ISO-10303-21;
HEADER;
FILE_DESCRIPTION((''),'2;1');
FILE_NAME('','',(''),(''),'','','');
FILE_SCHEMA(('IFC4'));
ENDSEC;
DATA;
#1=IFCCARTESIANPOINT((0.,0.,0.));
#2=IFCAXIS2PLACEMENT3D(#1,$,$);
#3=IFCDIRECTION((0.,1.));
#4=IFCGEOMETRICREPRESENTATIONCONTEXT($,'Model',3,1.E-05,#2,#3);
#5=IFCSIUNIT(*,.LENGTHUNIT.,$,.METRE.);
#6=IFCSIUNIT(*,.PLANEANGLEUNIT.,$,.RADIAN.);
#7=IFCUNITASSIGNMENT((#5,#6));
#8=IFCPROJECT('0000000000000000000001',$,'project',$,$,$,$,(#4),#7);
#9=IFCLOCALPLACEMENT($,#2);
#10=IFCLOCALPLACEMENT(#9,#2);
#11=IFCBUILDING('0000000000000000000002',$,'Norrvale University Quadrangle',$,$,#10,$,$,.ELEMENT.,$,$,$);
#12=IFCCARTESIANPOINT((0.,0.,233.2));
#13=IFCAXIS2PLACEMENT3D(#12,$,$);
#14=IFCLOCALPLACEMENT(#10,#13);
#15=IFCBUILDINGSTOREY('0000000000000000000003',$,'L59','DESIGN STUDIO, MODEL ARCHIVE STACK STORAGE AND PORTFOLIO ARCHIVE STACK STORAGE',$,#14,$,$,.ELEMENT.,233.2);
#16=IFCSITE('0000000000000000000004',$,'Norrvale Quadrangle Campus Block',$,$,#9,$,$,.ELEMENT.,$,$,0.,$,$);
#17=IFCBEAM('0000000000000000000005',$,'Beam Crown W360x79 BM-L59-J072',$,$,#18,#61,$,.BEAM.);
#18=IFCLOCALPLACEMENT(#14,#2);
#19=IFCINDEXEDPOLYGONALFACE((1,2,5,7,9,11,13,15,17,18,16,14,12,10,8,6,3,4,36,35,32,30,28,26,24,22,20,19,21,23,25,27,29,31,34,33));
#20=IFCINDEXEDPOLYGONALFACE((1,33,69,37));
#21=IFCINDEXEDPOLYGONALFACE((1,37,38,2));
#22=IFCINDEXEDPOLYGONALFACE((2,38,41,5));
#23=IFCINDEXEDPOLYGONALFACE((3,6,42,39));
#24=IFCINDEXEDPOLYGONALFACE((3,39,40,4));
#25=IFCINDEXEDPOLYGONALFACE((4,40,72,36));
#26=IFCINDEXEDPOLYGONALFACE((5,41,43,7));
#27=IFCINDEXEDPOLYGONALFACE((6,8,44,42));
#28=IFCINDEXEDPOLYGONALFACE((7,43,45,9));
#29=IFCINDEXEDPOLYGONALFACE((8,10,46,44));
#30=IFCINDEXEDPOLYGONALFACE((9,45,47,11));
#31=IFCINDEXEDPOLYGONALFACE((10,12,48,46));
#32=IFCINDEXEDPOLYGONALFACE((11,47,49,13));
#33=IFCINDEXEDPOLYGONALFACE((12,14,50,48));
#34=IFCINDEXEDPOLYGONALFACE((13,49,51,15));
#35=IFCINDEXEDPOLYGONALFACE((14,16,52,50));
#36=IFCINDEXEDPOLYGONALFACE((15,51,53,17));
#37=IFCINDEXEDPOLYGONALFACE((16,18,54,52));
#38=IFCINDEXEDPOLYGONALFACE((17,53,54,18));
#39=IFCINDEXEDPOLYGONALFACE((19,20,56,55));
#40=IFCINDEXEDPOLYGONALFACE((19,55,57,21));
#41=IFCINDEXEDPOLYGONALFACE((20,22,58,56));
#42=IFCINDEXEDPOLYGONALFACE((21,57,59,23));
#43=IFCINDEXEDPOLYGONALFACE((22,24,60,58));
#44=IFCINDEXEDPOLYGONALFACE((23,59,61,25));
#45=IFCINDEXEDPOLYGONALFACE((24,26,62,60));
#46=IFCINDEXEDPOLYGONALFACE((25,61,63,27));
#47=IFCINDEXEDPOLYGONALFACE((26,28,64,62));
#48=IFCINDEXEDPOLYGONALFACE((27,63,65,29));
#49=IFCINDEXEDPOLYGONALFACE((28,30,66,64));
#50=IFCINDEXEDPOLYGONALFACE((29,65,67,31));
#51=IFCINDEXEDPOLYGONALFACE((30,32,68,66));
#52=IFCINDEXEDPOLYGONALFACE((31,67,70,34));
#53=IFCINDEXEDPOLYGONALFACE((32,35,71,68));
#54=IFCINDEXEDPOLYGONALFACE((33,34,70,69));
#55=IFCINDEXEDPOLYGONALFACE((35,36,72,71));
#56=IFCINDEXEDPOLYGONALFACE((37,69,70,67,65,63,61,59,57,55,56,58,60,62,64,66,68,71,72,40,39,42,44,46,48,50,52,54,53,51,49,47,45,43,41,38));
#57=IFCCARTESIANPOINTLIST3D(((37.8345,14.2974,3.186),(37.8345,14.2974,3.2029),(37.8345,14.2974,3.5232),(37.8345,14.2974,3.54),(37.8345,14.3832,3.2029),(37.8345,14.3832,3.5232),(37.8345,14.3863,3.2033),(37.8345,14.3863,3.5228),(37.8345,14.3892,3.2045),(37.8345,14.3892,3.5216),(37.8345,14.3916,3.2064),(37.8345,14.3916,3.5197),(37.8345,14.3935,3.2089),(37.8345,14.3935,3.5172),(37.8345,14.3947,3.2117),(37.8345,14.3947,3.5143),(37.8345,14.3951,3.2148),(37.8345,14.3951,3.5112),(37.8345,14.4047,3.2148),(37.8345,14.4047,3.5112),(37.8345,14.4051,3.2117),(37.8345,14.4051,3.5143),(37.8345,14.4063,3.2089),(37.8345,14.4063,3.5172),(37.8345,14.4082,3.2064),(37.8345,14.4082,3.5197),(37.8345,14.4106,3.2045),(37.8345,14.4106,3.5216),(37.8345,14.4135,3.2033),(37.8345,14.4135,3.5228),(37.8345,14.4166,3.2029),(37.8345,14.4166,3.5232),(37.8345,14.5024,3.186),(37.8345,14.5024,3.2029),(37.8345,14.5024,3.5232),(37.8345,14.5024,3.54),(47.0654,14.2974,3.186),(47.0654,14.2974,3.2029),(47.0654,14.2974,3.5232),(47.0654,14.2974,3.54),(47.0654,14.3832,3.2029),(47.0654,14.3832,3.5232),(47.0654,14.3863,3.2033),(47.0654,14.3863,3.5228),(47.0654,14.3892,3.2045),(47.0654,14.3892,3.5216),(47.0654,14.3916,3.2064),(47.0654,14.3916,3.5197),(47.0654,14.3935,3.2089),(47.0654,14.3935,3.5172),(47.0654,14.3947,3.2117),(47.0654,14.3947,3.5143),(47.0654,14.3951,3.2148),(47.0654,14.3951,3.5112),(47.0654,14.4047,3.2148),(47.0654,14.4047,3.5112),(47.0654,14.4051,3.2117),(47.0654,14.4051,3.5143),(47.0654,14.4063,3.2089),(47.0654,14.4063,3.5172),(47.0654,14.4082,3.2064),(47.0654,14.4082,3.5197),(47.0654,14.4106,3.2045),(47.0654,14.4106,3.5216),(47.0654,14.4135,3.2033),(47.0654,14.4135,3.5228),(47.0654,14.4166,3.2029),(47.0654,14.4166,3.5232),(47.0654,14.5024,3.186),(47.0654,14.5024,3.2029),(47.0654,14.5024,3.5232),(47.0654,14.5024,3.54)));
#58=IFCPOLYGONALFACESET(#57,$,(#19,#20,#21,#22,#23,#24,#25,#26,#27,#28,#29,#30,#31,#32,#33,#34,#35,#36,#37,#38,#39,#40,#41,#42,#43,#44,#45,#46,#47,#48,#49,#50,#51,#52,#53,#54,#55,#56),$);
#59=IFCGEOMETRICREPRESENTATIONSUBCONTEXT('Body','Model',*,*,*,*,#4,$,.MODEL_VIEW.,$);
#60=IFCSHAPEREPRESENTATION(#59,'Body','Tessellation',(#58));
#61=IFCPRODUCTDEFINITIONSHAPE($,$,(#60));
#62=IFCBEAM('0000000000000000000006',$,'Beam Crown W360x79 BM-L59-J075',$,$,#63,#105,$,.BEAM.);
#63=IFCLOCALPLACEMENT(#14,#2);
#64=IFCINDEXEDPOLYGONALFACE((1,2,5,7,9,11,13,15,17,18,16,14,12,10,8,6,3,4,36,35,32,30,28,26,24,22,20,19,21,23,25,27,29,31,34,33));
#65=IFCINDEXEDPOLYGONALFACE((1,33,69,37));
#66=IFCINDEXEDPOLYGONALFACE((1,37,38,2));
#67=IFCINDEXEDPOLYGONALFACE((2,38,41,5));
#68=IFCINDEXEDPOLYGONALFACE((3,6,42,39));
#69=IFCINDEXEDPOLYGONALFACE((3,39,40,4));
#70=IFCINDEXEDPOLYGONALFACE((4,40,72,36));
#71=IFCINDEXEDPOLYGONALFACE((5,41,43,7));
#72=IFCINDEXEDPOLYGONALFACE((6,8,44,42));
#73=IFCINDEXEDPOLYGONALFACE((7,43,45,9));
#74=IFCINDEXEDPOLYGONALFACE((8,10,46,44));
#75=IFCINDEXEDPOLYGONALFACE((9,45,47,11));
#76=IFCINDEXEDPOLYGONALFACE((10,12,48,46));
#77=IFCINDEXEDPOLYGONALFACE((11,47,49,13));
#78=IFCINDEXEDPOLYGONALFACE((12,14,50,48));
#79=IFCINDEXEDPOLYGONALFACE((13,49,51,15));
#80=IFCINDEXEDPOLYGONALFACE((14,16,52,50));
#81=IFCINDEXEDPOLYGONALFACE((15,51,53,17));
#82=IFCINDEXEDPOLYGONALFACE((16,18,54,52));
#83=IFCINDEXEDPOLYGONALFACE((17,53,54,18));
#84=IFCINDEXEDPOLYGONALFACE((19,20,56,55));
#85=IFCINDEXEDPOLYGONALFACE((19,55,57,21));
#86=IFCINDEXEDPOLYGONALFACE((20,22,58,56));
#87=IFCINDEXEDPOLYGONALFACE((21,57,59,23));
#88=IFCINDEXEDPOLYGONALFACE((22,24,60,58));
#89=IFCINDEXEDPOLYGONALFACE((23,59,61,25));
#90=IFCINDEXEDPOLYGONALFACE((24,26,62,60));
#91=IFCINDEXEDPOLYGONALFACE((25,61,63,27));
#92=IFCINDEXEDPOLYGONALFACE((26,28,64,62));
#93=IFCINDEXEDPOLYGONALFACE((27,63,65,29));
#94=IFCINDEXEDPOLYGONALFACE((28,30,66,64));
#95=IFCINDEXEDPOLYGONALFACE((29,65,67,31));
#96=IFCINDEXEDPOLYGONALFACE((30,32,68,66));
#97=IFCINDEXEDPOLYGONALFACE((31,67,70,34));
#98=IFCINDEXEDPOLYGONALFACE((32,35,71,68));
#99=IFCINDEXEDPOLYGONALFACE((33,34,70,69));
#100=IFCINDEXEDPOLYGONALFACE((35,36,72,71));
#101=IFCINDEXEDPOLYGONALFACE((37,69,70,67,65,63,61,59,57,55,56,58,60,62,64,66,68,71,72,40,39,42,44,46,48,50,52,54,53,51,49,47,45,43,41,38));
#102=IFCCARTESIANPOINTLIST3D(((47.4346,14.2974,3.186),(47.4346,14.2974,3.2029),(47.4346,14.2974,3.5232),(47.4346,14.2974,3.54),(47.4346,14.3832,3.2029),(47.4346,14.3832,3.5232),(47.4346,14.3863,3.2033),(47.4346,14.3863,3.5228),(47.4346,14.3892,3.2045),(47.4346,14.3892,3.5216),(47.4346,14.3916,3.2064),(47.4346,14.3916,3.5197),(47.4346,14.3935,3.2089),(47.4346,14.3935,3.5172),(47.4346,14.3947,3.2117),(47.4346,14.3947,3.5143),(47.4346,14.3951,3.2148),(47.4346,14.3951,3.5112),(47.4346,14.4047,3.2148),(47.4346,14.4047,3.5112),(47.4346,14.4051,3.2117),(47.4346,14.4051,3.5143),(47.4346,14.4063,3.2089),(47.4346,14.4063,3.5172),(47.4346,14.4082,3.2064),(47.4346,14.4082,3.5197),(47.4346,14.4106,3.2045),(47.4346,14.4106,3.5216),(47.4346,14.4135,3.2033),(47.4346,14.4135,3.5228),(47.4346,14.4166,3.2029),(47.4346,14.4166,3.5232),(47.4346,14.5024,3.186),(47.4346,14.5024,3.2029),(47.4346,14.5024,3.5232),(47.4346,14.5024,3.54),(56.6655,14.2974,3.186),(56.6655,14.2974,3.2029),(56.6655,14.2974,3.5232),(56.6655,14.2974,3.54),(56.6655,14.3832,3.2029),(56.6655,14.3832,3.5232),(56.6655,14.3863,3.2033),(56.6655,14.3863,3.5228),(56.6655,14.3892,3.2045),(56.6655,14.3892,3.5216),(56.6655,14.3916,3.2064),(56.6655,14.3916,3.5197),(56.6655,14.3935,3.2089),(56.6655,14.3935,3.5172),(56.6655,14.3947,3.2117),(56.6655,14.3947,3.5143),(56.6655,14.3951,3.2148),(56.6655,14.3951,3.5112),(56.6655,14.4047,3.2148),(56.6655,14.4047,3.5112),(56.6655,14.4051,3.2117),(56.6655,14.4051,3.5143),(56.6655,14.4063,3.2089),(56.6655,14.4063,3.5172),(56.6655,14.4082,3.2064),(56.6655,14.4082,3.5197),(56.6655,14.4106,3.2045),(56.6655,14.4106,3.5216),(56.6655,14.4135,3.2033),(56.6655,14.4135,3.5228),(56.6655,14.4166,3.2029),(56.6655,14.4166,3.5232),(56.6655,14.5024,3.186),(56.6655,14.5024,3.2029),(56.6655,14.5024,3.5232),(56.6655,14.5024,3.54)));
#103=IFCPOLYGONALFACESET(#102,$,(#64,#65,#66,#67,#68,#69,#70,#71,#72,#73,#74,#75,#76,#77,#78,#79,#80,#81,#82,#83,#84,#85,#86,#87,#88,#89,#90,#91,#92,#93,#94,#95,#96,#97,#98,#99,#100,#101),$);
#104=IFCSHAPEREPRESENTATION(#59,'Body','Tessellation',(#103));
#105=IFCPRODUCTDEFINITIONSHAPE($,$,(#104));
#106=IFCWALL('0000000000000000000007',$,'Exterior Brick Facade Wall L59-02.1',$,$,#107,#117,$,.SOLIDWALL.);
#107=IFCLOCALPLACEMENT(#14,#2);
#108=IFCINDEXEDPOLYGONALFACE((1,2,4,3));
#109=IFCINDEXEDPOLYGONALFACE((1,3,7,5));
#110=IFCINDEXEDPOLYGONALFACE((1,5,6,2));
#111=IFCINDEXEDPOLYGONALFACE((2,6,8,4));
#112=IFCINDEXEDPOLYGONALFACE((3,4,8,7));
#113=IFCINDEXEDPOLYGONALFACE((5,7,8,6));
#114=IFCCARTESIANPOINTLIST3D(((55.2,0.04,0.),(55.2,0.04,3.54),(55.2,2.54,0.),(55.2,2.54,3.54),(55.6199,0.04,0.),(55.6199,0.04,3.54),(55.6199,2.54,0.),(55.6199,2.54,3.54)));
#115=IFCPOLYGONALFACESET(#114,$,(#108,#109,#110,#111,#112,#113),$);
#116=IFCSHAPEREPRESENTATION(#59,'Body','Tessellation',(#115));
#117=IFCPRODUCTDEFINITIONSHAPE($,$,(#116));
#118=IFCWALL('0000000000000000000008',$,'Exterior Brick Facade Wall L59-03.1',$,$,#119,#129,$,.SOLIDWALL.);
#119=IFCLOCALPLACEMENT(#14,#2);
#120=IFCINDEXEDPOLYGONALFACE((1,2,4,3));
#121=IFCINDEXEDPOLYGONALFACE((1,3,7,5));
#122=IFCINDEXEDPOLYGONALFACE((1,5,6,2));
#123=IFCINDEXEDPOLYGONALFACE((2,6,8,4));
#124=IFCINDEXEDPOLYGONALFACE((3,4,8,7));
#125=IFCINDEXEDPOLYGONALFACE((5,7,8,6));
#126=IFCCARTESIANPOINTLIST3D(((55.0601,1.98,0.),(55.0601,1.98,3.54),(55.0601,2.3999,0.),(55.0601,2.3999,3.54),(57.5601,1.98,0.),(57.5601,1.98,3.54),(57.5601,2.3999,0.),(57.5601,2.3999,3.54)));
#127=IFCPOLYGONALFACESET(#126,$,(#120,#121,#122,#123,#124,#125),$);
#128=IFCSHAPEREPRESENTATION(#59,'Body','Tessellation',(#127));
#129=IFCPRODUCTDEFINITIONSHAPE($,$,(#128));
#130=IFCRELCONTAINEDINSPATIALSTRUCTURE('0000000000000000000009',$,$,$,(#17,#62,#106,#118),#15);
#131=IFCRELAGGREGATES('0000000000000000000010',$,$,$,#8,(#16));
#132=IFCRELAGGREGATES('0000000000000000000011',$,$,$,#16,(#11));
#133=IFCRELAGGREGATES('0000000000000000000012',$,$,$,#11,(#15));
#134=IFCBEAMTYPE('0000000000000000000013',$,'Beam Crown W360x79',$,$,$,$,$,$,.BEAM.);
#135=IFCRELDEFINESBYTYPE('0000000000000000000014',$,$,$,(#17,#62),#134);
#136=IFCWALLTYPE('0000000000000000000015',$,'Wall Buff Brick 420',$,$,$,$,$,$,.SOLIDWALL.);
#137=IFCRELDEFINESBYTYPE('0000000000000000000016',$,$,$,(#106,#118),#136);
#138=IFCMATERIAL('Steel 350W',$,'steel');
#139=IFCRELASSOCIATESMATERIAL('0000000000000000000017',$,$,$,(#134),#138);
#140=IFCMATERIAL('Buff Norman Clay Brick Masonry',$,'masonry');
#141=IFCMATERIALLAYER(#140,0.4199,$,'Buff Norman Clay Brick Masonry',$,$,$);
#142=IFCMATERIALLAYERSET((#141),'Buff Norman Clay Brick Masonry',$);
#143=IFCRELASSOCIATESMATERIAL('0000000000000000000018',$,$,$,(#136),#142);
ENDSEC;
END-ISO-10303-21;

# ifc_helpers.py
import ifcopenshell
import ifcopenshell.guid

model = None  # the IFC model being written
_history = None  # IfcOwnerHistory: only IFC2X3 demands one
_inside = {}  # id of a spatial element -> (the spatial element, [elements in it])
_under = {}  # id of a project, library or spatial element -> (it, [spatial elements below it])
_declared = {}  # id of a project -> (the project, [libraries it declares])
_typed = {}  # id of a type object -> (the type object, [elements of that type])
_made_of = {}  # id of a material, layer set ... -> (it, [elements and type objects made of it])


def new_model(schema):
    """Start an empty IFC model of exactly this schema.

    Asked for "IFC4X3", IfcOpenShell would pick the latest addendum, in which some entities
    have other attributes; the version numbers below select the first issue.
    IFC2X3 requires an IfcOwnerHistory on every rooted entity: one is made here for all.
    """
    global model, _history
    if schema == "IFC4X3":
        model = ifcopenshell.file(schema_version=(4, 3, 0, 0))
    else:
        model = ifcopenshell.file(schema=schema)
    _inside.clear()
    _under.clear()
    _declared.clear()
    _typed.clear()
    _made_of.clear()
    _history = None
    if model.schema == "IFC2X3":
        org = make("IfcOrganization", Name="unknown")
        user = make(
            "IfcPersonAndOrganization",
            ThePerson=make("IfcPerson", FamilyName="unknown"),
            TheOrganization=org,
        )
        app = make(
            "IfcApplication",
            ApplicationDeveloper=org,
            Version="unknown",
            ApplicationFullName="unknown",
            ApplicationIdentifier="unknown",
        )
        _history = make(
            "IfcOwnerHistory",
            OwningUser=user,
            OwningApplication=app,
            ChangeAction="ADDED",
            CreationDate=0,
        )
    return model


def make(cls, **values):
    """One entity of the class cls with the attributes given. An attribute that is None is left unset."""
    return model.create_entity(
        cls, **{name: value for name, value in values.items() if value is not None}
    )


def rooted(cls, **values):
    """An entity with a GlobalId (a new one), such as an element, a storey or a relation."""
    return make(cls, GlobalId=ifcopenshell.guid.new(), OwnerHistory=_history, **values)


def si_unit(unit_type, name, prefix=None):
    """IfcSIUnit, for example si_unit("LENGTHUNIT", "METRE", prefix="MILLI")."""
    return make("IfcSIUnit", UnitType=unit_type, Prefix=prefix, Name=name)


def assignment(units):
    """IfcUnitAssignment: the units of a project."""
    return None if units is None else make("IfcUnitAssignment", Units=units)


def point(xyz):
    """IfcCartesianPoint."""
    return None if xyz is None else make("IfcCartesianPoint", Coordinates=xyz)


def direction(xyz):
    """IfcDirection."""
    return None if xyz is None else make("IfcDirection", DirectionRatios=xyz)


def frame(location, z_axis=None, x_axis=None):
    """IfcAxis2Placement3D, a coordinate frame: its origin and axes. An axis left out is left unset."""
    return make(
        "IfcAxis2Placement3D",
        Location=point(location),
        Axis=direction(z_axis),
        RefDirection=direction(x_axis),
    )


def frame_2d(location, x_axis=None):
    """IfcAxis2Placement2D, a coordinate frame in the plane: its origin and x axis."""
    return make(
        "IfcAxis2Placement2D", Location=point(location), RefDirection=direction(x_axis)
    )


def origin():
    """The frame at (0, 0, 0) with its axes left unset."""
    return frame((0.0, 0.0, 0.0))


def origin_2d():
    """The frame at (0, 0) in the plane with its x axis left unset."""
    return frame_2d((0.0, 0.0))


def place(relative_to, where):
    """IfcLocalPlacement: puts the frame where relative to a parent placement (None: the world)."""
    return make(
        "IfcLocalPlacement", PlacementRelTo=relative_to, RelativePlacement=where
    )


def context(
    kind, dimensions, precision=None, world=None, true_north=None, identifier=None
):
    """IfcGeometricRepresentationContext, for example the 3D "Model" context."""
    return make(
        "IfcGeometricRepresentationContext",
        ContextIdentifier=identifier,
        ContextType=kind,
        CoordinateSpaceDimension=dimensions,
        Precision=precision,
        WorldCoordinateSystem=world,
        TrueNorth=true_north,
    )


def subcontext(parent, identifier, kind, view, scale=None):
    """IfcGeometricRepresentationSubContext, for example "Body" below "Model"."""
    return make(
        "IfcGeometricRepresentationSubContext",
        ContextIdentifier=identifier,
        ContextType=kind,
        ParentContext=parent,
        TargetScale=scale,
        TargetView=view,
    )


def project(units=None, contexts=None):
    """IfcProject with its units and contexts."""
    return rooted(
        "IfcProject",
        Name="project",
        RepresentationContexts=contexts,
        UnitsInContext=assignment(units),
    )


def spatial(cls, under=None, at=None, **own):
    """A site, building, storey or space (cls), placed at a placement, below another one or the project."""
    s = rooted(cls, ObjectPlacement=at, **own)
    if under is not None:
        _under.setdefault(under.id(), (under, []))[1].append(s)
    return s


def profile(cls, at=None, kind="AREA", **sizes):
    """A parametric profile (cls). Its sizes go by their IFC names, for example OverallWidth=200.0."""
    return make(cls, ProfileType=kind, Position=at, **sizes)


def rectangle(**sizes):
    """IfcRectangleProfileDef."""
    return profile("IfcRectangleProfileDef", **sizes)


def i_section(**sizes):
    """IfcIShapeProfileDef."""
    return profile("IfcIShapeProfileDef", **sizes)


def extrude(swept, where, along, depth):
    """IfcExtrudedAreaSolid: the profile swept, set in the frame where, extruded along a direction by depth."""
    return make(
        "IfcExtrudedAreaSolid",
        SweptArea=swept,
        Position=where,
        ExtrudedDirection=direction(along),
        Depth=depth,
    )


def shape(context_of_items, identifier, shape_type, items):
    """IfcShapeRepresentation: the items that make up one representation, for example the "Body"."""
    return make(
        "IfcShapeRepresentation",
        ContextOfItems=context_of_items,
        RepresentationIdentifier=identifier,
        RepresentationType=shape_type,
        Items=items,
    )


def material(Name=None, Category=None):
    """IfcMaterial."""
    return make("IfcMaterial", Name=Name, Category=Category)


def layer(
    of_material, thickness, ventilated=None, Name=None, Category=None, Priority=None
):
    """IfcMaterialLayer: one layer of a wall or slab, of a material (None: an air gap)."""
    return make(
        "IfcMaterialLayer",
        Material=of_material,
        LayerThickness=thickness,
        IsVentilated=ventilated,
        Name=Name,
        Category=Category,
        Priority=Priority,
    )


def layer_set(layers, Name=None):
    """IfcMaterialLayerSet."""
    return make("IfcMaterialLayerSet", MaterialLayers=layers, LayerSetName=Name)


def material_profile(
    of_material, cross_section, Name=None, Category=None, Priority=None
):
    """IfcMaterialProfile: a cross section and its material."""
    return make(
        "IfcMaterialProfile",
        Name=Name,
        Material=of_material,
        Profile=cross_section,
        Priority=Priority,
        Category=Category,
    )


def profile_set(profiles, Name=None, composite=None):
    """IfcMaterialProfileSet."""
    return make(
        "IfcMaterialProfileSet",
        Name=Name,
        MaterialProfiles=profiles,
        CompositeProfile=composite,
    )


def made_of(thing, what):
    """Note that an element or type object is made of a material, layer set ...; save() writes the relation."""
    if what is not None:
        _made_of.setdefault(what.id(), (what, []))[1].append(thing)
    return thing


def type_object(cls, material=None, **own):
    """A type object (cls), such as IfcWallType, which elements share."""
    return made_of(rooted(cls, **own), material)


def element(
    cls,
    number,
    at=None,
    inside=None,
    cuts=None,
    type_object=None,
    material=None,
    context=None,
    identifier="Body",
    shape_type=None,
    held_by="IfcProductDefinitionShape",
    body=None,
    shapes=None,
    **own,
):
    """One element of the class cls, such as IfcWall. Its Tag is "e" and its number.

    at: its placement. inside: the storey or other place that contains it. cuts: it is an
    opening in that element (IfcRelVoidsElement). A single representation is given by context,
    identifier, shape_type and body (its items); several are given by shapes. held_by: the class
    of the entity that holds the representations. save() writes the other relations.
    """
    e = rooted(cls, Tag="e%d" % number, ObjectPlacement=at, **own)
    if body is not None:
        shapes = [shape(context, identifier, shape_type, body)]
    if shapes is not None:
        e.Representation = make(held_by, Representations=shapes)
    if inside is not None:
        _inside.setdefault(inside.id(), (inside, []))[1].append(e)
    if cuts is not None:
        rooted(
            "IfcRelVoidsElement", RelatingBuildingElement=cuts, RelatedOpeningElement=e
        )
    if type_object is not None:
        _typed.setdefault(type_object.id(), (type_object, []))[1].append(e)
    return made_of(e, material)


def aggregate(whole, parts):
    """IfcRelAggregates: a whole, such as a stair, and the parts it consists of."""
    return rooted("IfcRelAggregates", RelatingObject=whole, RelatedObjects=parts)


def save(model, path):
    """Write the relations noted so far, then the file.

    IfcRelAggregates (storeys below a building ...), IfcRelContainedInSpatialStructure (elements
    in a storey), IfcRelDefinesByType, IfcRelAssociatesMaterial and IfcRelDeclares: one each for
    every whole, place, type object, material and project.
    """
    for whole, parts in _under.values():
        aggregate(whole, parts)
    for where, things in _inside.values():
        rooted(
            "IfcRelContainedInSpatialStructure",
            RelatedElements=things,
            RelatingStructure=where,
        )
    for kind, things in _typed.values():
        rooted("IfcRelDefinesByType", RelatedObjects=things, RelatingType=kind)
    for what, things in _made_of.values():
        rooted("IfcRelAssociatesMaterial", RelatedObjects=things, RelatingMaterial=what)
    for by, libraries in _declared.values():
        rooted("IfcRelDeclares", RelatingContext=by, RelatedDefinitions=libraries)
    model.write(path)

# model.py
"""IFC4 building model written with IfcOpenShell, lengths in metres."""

from ifc_helpers import new_model, si_unit, direction, frame, frame_2d, origin, origin_2d, place, context, subcontext, project, spatial, rectangle, i_section, extrude, material, layer, layer_set, material_profile, profile_set, type_object, element, save


model = new_model("IFC4")

# Units and contexts
model_context = context("Model", 3, precision=1e-05, world=origin(), true_north=direction((0.0, 1.0)))
body_context = subcontext(model_context, "Body", "Model", "MODEL_VIEW")
ifc_project = project(units=[si_unit("LENGTHUNIT", "METRE"), si_unit("PLANEANGLEUNIT", "RADIAN")], contexts=[model_context])

# Site, building, storey
site_placement = place(None, origin())
site = spatial("IfcSite", under=ifc_project, at=site_placement, Name="Norrvale Quadrangle Campus Block", CompositionType="ELEMENT", RefElevation=0.0)
building_placement = place(site_placement, origin())
building = spatial("IfcBuilding", under=site, at=building_placement, Name="Norrvale University Quadrangle", CompositionType="ELEMENT")
storey_placement = place(building_placement, frame((0.0, 0.0, 233.2)))
storey = spatial("IfcBuildingStorey", under=building, at=storey_placement, Name="L59", Description="DESIGN STUDIO, MODEL ARCHIVE STACK STORAGE AND PORTFOLIO ARCHIVE STACK STORAGE", CompositionType="ELEMENT", Elevation=233.2)

# Beams
ifc_material_1 = material(Name="Steel 350W", Category="steel")
ifc_material_profile_1 = material_profile(ifc_material_1, i_section(OverallWidth=0.2051, OverallDepth=0.354, WebThickness=0.0095, FlangeThickness=0.0168, FilletRadius=0.012, at=origin_2d()), Name="Steel 350W")
ifc_profile_set_1 = profile_set([ifc_material_profile_1], Name="Steel 350W")
beam_type_1 = type_object("IfcBeamType", Name="Beam Crown W360x79", PredefinedType="BEAM", material=ifc_profile_set_1)
for number, where, z_axis, x_axis, name in (
    (1, (37.8345, 14.3999, 3.363), (1.0, 0.0, 0.0), (0.0, 1.0, 0.0), "Beam Crown W360x79 BM-L59-J072"),
    (2, (47.4346, 14.3999, 3.363), (1.0, 0.0, 0.0), (0.0, 1.0, 0.0), "Beam Crown W360x79 BM-L59-J075"),
):
    element("IfcBeam", number, at=place(storey_placement, frame(where, z_axis=z_axis, x_axis=x_axis)), inside=storey, type_object=beam_type_1, Name=name, PredefinedType="BEAM", context=body_context, shape_type="SweptSolid", body=[
        extrude(i_section(OverallWidth=0.2051, OverallDepth=0.354, WebThickness=0.0095, FlangeThickness=0.0168, FilletRadius=0.012, at=origin_2d()), origin(), (0.0, 0.0, 1.0), 9.231),
    ])

# Walls
ifc_material_2 = material(Name="Buff Norman Clay Brick Masonry", Category="masonry")
ifc_layer_1 = layer(ifc_material_2, 0.4199, Name="Buff Norman Clay Brick Masonry")
ifc_layer_set_1 = layer_set([ifc_layer_1], Name="Buff Norman Clay Brick Masonry")
wall_type_1 = type_object("IfcWallType", Name="Wall Buff Brick 420", PredefinedType="SOLIDWALL", material=ifc_layer_set_1)
for number, where, z_axis, x_axis, name in (
    (3, (55.4099, 0.04, 0.0), (0.0, 0.0, 1.0), (0.0, 1.0, 0.0), "Exterior Brick Facade Wall L59-02.1"),
    (4, (55.0601, 2.1899, 0.0), (0.0, 0.0, 1.0), (1.0, 0.0, 0.0), "Exterior Brick Facade Wall L59-03.1"),
):
    element("IfcWall", number, at=place(storey_placement, frame(where, z_axis=z_axis, x_axis=x_axis)), inside=storey, type_object=wall_type_1, Name=name, PredefinedType="SOLIDWALL", context=body_context, shape_type="SweptSolid", body=[
        extrude(rectangle(XDim=2.5, YDim=0.4199, at=frame_2d((1.25, 0.0))), origin(), (0.0, 0.0, 1.0), 3.54),
    ])

save(model, "model.ifc")
